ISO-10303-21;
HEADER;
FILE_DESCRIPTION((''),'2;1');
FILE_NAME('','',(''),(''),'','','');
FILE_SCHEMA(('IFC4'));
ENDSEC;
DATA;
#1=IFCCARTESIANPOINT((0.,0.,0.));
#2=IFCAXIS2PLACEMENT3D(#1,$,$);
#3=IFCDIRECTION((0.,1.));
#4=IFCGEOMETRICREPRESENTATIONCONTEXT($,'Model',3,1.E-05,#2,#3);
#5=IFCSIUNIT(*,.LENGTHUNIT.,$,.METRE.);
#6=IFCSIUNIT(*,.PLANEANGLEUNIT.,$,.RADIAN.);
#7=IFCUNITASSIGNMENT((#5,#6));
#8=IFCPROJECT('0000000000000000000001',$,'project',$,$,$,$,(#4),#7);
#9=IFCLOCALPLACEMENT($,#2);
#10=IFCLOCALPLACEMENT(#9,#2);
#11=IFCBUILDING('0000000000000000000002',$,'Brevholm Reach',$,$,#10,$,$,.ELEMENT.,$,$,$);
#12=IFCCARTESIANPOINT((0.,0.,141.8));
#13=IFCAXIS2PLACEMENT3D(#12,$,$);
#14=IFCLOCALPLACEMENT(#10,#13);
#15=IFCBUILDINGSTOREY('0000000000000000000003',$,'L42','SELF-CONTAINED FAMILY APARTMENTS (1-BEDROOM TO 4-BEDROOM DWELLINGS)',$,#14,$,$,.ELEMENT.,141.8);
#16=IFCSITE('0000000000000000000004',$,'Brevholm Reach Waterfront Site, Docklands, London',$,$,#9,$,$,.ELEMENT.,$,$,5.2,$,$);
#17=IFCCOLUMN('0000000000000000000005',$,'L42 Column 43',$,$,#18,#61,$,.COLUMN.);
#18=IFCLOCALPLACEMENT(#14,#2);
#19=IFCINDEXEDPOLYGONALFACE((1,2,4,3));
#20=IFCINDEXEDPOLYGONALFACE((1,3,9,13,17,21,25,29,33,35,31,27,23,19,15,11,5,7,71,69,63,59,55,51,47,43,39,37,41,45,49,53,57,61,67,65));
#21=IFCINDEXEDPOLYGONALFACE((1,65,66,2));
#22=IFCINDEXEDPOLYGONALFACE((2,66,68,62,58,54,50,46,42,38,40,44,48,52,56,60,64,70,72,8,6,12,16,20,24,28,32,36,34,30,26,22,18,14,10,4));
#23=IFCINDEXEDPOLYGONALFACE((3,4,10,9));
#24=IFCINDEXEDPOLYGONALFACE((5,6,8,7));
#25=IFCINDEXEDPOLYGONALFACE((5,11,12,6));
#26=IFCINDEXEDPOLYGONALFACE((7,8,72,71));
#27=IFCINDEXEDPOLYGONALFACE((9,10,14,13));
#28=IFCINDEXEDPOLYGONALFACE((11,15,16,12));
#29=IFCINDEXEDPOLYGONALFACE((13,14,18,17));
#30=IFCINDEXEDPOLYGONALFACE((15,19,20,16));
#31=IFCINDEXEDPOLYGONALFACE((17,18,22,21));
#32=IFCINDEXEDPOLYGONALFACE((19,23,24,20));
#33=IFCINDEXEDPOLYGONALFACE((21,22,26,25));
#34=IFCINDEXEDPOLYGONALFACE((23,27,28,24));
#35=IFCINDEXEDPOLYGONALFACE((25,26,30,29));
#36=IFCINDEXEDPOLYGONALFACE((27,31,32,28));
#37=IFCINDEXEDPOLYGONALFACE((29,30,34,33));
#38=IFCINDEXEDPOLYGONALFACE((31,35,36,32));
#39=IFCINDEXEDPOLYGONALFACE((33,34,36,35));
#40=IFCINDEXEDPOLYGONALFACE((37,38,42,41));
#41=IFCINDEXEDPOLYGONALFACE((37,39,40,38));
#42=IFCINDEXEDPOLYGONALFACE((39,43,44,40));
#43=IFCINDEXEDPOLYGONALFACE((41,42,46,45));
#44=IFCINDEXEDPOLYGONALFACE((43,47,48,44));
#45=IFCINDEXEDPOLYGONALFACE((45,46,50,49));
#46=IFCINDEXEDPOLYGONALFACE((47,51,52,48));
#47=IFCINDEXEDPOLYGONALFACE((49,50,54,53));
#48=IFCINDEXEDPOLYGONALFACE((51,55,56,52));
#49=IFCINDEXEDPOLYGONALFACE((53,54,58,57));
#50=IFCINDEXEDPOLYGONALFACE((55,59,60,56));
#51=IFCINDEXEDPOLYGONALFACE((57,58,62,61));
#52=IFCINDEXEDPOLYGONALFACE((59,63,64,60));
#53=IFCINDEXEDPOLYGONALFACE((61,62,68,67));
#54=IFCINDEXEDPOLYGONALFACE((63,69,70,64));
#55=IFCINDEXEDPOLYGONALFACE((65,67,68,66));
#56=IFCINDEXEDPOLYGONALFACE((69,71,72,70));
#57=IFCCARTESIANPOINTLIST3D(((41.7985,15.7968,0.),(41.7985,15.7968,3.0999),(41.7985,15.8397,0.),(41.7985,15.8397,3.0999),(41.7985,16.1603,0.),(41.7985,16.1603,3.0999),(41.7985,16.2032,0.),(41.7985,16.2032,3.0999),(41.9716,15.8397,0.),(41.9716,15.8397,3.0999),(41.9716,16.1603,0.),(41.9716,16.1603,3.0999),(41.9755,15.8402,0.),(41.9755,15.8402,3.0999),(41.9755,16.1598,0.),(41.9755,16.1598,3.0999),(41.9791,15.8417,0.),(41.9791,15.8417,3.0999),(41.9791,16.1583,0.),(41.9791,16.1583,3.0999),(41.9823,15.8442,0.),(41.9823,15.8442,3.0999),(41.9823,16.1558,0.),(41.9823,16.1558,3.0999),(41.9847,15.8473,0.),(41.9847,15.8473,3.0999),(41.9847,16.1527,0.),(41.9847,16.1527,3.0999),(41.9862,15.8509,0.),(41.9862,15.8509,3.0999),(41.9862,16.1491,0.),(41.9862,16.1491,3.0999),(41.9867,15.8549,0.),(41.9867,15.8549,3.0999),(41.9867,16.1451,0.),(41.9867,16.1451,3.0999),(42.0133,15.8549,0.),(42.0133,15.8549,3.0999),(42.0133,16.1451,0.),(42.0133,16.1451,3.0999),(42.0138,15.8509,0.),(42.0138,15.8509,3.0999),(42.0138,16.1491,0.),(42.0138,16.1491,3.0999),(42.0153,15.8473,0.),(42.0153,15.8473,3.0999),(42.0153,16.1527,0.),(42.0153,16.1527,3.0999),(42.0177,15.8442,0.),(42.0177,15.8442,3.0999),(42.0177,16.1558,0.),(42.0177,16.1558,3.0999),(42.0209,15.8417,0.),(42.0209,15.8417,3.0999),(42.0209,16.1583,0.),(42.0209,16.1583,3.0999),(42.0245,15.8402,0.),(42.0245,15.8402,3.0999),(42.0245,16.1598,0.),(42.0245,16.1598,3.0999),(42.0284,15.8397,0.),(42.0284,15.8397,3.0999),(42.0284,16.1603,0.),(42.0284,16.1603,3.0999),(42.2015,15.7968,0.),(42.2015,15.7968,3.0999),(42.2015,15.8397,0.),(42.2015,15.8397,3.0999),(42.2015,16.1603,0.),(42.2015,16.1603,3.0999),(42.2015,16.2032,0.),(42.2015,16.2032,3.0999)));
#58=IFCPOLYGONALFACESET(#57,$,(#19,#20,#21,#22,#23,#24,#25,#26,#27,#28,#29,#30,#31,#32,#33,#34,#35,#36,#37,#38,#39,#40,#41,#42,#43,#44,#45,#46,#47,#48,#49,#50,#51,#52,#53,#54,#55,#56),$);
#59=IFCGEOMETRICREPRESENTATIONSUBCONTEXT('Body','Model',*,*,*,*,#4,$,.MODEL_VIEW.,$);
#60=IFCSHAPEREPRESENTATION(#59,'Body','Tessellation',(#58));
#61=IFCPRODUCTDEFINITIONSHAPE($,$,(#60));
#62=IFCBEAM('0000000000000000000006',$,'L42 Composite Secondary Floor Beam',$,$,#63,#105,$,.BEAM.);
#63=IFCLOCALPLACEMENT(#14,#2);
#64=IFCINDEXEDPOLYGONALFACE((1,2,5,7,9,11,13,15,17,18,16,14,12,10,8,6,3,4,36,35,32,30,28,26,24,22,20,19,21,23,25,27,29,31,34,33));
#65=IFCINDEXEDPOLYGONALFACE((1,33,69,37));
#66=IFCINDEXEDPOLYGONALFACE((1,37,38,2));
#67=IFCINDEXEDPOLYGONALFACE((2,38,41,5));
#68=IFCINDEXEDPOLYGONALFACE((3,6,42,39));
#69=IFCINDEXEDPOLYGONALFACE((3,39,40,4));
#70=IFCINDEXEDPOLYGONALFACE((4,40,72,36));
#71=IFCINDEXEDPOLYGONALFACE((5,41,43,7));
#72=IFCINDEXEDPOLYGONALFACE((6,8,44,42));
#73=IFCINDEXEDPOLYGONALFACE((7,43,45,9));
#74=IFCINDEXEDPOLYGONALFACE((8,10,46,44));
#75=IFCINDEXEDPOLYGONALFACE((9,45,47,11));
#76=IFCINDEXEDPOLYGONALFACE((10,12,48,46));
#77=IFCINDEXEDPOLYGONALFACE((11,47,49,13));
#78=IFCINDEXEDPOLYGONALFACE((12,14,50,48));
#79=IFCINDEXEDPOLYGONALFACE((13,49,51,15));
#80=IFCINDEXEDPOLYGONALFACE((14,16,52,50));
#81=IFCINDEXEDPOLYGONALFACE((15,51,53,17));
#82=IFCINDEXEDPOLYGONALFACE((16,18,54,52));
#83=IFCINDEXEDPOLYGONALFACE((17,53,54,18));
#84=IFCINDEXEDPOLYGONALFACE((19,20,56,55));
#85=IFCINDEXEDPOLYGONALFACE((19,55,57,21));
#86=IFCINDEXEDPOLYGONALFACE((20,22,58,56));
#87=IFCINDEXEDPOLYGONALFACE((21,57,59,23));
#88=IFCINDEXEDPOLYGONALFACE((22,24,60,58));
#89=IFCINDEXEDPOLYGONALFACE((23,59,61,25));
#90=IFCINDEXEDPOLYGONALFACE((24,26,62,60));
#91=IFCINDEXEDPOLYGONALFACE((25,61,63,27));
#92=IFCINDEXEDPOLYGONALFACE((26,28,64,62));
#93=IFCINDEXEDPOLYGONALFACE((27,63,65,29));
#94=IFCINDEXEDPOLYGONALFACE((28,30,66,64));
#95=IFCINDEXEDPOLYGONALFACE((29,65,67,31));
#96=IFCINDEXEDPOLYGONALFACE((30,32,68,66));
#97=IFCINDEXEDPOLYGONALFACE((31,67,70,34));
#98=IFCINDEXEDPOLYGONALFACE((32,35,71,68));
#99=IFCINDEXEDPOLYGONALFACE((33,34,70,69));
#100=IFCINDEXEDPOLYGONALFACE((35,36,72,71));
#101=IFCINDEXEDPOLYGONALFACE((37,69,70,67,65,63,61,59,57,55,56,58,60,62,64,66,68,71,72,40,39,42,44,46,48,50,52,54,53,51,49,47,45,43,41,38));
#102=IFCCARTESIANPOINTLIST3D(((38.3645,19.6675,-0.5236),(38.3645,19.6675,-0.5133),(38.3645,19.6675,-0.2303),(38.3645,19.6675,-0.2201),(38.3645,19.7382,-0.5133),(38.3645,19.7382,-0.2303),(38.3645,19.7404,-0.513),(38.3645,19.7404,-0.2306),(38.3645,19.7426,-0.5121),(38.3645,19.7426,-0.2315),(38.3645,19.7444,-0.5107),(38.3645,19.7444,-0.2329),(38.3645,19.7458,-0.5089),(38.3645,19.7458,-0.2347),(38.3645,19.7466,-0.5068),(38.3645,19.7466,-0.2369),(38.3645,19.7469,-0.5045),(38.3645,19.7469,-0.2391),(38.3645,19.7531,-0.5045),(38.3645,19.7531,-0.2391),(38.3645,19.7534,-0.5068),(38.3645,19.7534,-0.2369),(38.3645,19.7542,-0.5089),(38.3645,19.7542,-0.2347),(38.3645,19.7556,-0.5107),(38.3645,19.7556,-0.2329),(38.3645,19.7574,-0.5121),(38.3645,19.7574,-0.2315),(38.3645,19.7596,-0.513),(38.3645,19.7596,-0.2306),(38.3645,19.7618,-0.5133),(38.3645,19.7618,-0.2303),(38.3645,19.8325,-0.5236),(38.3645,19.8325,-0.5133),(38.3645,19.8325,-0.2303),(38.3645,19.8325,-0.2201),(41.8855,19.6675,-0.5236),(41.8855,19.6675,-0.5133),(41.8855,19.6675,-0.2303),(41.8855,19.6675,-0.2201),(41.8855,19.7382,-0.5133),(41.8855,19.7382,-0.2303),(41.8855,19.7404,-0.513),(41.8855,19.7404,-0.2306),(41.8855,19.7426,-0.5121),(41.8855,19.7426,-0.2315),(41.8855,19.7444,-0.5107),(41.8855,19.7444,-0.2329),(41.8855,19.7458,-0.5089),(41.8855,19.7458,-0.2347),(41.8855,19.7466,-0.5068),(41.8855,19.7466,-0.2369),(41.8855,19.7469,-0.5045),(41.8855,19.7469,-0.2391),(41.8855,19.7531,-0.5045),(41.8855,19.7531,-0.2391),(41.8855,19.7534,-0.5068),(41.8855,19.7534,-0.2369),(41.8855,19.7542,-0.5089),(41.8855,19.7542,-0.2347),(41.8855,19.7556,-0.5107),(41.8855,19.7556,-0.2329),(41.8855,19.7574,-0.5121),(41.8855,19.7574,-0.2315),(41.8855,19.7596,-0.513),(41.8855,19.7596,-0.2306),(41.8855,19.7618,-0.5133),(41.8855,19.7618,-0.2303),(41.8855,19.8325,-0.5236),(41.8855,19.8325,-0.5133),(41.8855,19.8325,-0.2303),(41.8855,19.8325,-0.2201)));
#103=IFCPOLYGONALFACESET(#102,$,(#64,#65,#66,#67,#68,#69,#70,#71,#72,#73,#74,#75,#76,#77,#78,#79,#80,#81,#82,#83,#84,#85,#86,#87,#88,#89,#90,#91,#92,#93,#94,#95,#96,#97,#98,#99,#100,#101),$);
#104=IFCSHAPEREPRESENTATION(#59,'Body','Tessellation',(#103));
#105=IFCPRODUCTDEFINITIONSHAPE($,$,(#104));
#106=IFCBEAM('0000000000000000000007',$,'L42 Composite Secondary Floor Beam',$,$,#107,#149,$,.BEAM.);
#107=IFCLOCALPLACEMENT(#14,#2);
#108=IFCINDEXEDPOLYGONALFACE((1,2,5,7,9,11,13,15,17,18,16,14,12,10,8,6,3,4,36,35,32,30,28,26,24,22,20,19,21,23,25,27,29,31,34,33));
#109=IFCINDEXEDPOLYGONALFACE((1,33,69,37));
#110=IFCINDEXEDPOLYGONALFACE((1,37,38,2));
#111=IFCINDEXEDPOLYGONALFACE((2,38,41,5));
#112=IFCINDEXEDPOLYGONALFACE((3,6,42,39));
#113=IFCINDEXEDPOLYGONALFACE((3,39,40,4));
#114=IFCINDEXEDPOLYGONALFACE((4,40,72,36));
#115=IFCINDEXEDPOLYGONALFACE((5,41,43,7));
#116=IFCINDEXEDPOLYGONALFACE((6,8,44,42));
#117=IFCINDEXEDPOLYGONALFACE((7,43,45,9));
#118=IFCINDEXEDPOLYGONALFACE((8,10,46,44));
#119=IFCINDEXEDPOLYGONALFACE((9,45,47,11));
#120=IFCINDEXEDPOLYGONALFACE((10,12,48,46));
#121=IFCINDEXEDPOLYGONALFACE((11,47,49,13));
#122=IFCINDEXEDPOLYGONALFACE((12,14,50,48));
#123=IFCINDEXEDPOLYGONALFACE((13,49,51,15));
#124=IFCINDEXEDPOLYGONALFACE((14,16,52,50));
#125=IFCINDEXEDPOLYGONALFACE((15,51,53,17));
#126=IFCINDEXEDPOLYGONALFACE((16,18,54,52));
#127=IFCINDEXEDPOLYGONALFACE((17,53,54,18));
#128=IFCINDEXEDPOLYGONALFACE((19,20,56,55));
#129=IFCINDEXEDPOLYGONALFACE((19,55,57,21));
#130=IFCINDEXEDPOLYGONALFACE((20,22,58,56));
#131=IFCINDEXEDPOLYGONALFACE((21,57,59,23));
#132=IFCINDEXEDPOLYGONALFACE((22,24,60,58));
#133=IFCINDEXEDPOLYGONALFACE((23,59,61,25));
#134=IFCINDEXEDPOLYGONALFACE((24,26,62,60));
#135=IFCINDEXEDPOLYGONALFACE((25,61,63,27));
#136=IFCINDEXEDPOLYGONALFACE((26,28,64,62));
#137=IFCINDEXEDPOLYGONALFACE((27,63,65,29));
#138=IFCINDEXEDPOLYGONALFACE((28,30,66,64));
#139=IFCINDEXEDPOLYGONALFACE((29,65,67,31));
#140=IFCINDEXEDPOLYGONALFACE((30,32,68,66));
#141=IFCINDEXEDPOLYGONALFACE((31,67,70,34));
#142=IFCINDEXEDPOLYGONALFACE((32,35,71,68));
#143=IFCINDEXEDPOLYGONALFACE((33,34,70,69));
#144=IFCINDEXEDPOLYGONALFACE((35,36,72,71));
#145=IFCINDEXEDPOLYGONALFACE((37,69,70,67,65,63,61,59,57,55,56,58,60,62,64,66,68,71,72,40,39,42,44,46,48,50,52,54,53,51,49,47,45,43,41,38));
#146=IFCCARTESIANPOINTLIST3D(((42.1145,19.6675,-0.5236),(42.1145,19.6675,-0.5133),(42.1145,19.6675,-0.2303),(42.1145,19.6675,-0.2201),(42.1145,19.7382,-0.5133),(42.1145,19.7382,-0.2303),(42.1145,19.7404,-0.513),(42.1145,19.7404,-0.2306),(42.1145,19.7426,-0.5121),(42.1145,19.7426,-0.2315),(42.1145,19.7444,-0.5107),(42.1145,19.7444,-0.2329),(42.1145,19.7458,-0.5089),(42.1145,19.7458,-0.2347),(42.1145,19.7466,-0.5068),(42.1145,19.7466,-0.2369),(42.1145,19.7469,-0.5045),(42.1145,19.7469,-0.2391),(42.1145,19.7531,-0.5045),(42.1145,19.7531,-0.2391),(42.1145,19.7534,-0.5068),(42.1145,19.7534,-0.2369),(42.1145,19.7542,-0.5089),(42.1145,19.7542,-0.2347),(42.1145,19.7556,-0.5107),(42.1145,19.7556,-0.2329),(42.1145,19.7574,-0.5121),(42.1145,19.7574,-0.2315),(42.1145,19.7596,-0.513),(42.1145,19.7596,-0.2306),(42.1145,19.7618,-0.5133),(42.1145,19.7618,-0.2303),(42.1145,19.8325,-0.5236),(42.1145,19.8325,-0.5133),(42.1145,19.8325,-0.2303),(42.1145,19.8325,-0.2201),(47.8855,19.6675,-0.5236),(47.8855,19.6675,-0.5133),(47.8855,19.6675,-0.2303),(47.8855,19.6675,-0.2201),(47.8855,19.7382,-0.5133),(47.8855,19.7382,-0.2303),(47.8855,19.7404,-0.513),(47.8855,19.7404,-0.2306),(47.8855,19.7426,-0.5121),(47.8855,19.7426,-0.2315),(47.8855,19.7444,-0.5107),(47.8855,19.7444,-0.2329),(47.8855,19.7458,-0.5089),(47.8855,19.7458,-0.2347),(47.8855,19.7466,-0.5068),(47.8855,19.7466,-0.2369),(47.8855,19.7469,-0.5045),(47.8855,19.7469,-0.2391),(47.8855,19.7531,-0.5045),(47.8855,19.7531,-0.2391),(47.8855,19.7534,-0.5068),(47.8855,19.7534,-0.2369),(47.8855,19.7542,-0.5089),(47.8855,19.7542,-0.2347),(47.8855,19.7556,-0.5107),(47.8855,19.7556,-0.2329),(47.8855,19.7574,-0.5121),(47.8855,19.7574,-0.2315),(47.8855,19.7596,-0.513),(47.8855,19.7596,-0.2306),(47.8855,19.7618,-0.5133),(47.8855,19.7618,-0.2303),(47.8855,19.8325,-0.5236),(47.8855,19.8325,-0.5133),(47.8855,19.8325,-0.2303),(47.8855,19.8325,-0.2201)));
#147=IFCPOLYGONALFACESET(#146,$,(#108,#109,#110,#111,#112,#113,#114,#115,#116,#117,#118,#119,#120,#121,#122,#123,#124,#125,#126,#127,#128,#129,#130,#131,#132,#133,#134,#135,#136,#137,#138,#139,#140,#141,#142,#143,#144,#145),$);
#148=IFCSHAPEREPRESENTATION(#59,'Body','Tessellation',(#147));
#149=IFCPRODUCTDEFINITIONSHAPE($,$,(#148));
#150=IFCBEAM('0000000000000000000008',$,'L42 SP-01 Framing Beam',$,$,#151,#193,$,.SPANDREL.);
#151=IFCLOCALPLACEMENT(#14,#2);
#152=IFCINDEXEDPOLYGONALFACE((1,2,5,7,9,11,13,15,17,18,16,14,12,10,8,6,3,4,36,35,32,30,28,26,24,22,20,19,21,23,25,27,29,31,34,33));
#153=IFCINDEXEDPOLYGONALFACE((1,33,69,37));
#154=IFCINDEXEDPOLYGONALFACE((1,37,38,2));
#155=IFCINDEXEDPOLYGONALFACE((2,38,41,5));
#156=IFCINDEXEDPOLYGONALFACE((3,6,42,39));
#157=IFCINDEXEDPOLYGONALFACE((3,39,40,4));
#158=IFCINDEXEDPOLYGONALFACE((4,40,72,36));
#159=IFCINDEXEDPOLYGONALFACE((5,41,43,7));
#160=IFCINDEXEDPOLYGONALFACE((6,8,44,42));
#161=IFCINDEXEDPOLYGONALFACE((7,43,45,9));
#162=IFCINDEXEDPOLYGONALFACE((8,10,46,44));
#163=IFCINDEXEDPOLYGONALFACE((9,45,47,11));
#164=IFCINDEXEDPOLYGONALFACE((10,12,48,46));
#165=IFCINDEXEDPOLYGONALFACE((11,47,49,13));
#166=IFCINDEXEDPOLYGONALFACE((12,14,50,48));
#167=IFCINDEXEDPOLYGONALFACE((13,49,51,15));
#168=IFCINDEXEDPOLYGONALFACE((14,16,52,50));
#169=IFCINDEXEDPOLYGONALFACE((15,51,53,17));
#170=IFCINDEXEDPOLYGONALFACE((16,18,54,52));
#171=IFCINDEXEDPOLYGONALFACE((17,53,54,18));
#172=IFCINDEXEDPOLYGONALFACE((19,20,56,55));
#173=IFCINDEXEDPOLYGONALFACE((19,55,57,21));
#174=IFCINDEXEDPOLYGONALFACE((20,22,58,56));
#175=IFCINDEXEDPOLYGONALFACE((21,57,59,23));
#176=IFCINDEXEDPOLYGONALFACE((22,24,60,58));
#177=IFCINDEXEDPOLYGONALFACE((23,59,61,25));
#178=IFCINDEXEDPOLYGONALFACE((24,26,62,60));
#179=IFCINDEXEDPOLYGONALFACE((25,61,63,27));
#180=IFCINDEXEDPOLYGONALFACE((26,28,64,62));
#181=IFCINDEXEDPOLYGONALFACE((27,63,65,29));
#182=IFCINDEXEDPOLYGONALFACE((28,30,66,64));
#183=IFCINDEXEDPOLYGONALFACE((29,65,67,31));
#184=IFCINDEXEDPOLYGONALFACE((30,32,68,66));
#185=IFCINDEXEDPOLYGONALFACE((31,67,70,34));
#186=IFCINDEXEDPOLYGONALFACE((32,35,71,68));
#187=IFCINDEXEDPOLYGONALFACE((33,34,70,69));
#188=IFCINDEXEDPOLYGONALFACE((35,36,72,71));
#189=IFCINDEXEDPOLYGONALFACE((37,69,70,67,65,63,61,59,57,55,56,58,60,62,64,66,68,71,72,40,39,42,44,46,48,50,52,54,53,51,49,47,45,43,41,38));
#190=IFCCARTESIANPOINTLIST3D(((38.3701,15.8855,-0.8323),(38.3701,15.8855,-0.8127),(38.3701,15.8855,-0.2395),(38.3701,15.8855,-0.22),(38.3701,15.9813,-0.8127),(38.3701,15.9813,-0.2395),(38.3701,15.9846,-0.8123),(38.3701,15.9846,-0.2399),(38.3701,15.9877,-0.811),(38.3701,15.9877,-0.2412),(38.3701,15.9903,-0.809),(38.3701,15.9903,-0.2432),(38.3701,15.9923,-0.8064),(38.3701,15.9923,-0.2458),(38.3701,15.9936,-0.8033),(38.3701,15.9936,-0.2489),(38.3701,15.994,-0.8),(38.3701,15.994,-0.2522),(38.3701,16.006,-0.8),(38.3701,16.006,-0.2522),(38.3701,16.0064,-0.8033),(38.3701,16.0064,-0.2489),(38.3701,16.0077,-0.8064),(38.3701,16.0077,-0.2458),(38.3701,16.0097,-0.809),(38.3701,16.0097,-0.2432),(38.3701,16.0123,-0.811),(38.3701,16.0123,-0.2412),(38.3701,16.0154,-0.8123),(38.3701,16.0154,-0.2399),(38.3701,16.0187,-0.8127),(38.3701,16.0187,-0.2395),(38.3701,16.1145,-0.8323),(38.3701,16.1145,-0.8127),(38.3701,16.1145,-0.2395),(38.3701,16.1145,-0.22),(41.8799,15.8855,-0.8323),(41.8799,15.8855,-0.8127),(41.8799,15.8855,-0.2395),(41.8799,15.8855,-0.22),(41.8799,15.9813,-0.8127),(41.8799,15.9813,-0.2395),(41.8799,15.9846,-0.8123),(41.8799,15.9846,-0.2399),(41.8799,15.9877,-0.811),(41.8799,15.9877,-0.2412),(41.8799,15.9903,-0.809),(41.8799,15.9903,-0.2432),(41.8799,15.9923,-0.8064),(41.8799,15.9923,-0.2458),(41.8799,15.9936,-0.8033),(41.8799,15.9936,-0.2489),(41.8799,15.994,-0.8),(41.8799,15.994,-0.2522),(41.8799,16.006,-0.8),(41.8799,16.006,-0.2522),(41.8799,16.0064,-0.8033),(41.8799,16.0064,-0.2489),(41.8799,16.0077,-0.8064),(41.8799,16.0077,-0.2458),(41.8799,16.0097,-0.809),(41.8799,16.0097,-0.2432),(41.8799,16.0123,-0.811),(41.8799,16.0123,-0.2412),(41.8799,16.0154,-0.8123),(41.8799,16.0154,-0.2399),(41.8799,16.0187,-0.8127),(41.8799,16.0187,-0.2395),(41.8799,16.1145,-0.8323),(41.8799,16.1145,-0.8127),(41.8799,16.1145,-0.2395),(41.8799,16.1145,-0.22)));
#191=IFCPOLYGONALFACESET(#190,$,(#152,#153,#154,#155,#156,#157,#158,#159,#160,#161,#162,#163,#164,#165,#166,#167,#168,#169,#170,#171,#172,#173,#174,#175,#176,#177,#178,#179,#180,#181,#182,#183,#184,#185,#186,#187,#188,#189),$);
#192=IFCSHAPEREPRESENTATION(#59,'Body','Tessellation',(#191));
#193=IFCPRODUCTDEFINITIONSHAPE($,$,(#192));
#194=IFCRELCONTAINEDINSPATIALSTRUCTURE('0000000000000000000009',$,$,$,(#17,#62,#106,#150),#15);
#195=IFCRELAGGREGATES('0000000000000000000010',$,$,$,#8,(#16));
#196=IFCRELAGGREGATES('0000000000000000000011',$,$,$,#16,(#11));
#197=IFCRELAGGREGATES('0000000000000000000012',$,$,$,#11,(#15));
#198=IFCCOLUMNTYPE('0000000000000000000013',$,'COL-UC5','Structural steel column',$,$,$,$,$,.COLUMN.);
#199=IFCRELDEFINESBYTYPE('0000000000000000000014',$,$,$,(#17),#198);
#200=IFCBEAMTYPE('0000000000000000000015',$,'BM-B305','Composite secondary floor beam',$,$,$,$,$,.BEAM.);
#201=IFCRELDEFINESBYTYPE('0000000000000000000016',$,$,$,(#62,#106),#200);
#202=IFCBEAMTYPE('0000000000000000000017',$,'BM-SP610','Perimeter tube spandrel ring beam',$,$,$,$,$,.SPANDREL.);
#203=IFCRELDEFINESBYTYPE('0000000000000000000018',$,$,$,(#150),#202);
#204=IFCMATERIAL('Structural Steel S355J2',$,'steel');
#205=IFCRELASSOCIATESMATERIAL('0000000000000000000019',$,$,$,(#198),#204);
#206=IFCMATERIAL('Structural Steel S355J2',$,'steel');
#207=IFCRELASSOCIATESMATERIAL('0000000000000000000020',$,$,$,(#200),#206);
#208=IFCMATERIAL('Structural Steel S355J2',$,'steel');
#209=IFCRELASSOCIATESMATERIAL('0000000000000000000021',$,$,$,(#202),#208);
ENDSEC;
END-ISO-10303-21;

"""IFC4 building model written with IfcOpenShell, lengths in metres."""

from ifc_helpers import new_model, si_unit, direction, frame, origin, origin_2d, place, context, subcontext, project, spatial, i_section, extrude, material, material_profile, profile_set, type_object, element, save


model = new_model("IFC4")

# Units and contexts
model_context = context("Model", 3, precision=1e-05, world=origin(), true_north=direction((0.0, 1.0)))
body_context = subcontext(model_context, "Body", "Model", "MODEL_VIEW")
ifc_project = project(units=[si_unit("LENGTHUNIT", "METRE"), si_unit("PLANEANGLEUNIT", "RADIAN")], contexts=[model_context])

# Site, building, storey
site_placement = place(None, origin())
site = spatial("IfcSite", under=ifc_project, at=site_placement, Name="Brevholm Reach Waterfront Site, Docklands, London", CompositionType="ELEMENT", RefElevation=5.2)
building_placement = place(site_placement, origin())
building = spatial("IfcBuilding", under=site, at=building_placement, Name="Brevholm Reach", CompositionType="ELEMENT")
storey_placement = place(building_placement, frame((0.0, 0.0, 141.8)))
storey = spatial("IfcBuildingStorey", under=building, at=storey_placement, Name="L42", Description="SELF-CONTAINED FAMILY APARTMENTS (1-BEDROOM TO 4-BEDROOM DWELLINGS)", CompositionType="ELEMENT", Elevation=141.8)

# Column
ifc_material_1 = material(Name="Structural Steel S355J2", Category="steel")
ifc_material_profile_1 = material_profile(ifc_material_1, i_section(OverallWidth=0.4031, OverallDepth=0.4065, WebThickness=0.0266, FlangeThickness=0.043, FilletRadius=0.0151, at=origin_2d()), Name="UKC 356x406x340")
ifc_profile_set_1 = profile_set([ifc_material_profile_1], Name="Structural Steel S355J2")
column_type = type_object("IfcColumnType", Name="COL-UC5", Description="Structural steel column", PredefinedType="COLUMN", material=ifc_profile_set_1)
column_placement = place(storey_placement, frame((42.0, 16.0, 0.0), z_axis=(0.0, 0.0, 1.0), x_axis=(1.0, 0.0, 0.0)))
element("IfcColumn", 1, at=column_placement, inside=storey, type_object=column_type, Name="L42 Column 43", PredefinedType="COLUMN", context=body_context, shape_type="SweptSolid", body=[
    extrude(i_section(OverallWidth=0.4031, OverallDepth=0.4065, WebThickness=0.0266, FlangeThickness=0.043, FilletRadius=0.0151, at=origin_2d()), origin(), (0.0, 0.0, 1.0), 3.0999),
])

# Beams
ifc_material_2 = material(Name="Structural Steel S355J2", Category="steel")
ifc_material_profile_2 = material_profile(ifc_material_2, i_section(OverallWidth=0.165, OverallDepth=0.3035, WebThickness=0.0061, FlangeThickness=0.0103, FilletRadius=0.0088, at=origin_2d()), Name="UKB 305x165x40")
ifc_profile_set_2 = profile_set([ifc_material_profile_2], Name="Structural Steel S355J2")
beam_type_1 = type_object("IfcBeamType", Name="BM-B305", Description="Composite secondary floor beam", PredefinedType="BEAM", material=ifc_profile_set_2)
beam_1_placement = place(storey_placement, frame((38.3645, 19.75, -0.3718), z_axis=(1.0, 0.0, 0.0), x_axis=(0.0, 1.0, 0.0)))
element("IfcBeam", 2, at=beam_1_placement, inside=storey, type_object=beam_type_1, Name="L42 Composite Secondary Floor Beam", PredefinedType="BEAM", context=body_context, shape_type="SweptSolid", body=[
    extrude(i_section(OverallWidth=0.165, OverallDepth=0.3035, WebThickness=0.0061, FlangeThickness=0.0103, FilletRadius=0.0088, at=origin_2d()), origin(), (0.0, 0.0, 1.0), 3.521),
])
beam_2_placement = place(storey_placement, frame((42.1145, 19.75, -0.3718), z_axis=(1.0, 0.0, 0.0), x_axis=(0.0, 1.0, 0.0)))
element("IfcBeam", 3, at=beam_2_placement, inside=storey, type_object=beam_type_1, Name="L42 Composite Secondary Floor Beam", PredefinedType="BEAM", context=body_context, shape_type="SweptSolid", body=[
    extrude(i_section(OverallWidth=0.165, OverallDepth=0.3035, WebThickness=0.0061, FlangeThickness=0.0103, FilletRadius=0.0088, at=origin_2d()), origin(), (0.0, 0.0, 1.0), 5.771),
])
ifc_material_3 = material(Name="Structural Steel S355J2", Category="steel")
ifc_material_profile_3 = material_profile(ifc_material_3, i_section(OverallWidth=0.229, OverallDepth=0.6123, WebThickness=0.012, FlangeThickness=0.0195, FilletRadius=0.0127, at=origin_2d()), Name="UKB 610x229x125")
ifc_profile_set_3 = profile_set([ifc_material_profile_3], Name="Structural Steel S355J2")
beam_type_2 = type_object("IfcBeamType", Name="BM-SP610", Description="Perimeter tube spandrel ring beam", PredefinedType="SPANDREL", material=ifc_profile_set_3)
beam_3_placement = place(storey_placement, frame((38.3701, 16.0, -0.5261), z_axis=(1.0, 0.0, 0.0), x_axis=(0.0, 1.0, 0.0)))
element("IfcBeam", 4, at=beam_3_placement, inside=storey, type_object=beam_type_2, Name="L42 SP-01 Framing Beam", PredefinedType="SPANDREL", context=body_context, shape_type="SweptSolid", body=[
    extrude(i_section(OverallWidth=0.229, OverallDepth=0.6123, WebThickness=0.012, FlangeThickness=0.0195, FilletRadius=0.0127, at=origin_2d()), origin(), (0.0, 0.0, 1.0), 3.5098),
])

save(model, "model.ifc")
